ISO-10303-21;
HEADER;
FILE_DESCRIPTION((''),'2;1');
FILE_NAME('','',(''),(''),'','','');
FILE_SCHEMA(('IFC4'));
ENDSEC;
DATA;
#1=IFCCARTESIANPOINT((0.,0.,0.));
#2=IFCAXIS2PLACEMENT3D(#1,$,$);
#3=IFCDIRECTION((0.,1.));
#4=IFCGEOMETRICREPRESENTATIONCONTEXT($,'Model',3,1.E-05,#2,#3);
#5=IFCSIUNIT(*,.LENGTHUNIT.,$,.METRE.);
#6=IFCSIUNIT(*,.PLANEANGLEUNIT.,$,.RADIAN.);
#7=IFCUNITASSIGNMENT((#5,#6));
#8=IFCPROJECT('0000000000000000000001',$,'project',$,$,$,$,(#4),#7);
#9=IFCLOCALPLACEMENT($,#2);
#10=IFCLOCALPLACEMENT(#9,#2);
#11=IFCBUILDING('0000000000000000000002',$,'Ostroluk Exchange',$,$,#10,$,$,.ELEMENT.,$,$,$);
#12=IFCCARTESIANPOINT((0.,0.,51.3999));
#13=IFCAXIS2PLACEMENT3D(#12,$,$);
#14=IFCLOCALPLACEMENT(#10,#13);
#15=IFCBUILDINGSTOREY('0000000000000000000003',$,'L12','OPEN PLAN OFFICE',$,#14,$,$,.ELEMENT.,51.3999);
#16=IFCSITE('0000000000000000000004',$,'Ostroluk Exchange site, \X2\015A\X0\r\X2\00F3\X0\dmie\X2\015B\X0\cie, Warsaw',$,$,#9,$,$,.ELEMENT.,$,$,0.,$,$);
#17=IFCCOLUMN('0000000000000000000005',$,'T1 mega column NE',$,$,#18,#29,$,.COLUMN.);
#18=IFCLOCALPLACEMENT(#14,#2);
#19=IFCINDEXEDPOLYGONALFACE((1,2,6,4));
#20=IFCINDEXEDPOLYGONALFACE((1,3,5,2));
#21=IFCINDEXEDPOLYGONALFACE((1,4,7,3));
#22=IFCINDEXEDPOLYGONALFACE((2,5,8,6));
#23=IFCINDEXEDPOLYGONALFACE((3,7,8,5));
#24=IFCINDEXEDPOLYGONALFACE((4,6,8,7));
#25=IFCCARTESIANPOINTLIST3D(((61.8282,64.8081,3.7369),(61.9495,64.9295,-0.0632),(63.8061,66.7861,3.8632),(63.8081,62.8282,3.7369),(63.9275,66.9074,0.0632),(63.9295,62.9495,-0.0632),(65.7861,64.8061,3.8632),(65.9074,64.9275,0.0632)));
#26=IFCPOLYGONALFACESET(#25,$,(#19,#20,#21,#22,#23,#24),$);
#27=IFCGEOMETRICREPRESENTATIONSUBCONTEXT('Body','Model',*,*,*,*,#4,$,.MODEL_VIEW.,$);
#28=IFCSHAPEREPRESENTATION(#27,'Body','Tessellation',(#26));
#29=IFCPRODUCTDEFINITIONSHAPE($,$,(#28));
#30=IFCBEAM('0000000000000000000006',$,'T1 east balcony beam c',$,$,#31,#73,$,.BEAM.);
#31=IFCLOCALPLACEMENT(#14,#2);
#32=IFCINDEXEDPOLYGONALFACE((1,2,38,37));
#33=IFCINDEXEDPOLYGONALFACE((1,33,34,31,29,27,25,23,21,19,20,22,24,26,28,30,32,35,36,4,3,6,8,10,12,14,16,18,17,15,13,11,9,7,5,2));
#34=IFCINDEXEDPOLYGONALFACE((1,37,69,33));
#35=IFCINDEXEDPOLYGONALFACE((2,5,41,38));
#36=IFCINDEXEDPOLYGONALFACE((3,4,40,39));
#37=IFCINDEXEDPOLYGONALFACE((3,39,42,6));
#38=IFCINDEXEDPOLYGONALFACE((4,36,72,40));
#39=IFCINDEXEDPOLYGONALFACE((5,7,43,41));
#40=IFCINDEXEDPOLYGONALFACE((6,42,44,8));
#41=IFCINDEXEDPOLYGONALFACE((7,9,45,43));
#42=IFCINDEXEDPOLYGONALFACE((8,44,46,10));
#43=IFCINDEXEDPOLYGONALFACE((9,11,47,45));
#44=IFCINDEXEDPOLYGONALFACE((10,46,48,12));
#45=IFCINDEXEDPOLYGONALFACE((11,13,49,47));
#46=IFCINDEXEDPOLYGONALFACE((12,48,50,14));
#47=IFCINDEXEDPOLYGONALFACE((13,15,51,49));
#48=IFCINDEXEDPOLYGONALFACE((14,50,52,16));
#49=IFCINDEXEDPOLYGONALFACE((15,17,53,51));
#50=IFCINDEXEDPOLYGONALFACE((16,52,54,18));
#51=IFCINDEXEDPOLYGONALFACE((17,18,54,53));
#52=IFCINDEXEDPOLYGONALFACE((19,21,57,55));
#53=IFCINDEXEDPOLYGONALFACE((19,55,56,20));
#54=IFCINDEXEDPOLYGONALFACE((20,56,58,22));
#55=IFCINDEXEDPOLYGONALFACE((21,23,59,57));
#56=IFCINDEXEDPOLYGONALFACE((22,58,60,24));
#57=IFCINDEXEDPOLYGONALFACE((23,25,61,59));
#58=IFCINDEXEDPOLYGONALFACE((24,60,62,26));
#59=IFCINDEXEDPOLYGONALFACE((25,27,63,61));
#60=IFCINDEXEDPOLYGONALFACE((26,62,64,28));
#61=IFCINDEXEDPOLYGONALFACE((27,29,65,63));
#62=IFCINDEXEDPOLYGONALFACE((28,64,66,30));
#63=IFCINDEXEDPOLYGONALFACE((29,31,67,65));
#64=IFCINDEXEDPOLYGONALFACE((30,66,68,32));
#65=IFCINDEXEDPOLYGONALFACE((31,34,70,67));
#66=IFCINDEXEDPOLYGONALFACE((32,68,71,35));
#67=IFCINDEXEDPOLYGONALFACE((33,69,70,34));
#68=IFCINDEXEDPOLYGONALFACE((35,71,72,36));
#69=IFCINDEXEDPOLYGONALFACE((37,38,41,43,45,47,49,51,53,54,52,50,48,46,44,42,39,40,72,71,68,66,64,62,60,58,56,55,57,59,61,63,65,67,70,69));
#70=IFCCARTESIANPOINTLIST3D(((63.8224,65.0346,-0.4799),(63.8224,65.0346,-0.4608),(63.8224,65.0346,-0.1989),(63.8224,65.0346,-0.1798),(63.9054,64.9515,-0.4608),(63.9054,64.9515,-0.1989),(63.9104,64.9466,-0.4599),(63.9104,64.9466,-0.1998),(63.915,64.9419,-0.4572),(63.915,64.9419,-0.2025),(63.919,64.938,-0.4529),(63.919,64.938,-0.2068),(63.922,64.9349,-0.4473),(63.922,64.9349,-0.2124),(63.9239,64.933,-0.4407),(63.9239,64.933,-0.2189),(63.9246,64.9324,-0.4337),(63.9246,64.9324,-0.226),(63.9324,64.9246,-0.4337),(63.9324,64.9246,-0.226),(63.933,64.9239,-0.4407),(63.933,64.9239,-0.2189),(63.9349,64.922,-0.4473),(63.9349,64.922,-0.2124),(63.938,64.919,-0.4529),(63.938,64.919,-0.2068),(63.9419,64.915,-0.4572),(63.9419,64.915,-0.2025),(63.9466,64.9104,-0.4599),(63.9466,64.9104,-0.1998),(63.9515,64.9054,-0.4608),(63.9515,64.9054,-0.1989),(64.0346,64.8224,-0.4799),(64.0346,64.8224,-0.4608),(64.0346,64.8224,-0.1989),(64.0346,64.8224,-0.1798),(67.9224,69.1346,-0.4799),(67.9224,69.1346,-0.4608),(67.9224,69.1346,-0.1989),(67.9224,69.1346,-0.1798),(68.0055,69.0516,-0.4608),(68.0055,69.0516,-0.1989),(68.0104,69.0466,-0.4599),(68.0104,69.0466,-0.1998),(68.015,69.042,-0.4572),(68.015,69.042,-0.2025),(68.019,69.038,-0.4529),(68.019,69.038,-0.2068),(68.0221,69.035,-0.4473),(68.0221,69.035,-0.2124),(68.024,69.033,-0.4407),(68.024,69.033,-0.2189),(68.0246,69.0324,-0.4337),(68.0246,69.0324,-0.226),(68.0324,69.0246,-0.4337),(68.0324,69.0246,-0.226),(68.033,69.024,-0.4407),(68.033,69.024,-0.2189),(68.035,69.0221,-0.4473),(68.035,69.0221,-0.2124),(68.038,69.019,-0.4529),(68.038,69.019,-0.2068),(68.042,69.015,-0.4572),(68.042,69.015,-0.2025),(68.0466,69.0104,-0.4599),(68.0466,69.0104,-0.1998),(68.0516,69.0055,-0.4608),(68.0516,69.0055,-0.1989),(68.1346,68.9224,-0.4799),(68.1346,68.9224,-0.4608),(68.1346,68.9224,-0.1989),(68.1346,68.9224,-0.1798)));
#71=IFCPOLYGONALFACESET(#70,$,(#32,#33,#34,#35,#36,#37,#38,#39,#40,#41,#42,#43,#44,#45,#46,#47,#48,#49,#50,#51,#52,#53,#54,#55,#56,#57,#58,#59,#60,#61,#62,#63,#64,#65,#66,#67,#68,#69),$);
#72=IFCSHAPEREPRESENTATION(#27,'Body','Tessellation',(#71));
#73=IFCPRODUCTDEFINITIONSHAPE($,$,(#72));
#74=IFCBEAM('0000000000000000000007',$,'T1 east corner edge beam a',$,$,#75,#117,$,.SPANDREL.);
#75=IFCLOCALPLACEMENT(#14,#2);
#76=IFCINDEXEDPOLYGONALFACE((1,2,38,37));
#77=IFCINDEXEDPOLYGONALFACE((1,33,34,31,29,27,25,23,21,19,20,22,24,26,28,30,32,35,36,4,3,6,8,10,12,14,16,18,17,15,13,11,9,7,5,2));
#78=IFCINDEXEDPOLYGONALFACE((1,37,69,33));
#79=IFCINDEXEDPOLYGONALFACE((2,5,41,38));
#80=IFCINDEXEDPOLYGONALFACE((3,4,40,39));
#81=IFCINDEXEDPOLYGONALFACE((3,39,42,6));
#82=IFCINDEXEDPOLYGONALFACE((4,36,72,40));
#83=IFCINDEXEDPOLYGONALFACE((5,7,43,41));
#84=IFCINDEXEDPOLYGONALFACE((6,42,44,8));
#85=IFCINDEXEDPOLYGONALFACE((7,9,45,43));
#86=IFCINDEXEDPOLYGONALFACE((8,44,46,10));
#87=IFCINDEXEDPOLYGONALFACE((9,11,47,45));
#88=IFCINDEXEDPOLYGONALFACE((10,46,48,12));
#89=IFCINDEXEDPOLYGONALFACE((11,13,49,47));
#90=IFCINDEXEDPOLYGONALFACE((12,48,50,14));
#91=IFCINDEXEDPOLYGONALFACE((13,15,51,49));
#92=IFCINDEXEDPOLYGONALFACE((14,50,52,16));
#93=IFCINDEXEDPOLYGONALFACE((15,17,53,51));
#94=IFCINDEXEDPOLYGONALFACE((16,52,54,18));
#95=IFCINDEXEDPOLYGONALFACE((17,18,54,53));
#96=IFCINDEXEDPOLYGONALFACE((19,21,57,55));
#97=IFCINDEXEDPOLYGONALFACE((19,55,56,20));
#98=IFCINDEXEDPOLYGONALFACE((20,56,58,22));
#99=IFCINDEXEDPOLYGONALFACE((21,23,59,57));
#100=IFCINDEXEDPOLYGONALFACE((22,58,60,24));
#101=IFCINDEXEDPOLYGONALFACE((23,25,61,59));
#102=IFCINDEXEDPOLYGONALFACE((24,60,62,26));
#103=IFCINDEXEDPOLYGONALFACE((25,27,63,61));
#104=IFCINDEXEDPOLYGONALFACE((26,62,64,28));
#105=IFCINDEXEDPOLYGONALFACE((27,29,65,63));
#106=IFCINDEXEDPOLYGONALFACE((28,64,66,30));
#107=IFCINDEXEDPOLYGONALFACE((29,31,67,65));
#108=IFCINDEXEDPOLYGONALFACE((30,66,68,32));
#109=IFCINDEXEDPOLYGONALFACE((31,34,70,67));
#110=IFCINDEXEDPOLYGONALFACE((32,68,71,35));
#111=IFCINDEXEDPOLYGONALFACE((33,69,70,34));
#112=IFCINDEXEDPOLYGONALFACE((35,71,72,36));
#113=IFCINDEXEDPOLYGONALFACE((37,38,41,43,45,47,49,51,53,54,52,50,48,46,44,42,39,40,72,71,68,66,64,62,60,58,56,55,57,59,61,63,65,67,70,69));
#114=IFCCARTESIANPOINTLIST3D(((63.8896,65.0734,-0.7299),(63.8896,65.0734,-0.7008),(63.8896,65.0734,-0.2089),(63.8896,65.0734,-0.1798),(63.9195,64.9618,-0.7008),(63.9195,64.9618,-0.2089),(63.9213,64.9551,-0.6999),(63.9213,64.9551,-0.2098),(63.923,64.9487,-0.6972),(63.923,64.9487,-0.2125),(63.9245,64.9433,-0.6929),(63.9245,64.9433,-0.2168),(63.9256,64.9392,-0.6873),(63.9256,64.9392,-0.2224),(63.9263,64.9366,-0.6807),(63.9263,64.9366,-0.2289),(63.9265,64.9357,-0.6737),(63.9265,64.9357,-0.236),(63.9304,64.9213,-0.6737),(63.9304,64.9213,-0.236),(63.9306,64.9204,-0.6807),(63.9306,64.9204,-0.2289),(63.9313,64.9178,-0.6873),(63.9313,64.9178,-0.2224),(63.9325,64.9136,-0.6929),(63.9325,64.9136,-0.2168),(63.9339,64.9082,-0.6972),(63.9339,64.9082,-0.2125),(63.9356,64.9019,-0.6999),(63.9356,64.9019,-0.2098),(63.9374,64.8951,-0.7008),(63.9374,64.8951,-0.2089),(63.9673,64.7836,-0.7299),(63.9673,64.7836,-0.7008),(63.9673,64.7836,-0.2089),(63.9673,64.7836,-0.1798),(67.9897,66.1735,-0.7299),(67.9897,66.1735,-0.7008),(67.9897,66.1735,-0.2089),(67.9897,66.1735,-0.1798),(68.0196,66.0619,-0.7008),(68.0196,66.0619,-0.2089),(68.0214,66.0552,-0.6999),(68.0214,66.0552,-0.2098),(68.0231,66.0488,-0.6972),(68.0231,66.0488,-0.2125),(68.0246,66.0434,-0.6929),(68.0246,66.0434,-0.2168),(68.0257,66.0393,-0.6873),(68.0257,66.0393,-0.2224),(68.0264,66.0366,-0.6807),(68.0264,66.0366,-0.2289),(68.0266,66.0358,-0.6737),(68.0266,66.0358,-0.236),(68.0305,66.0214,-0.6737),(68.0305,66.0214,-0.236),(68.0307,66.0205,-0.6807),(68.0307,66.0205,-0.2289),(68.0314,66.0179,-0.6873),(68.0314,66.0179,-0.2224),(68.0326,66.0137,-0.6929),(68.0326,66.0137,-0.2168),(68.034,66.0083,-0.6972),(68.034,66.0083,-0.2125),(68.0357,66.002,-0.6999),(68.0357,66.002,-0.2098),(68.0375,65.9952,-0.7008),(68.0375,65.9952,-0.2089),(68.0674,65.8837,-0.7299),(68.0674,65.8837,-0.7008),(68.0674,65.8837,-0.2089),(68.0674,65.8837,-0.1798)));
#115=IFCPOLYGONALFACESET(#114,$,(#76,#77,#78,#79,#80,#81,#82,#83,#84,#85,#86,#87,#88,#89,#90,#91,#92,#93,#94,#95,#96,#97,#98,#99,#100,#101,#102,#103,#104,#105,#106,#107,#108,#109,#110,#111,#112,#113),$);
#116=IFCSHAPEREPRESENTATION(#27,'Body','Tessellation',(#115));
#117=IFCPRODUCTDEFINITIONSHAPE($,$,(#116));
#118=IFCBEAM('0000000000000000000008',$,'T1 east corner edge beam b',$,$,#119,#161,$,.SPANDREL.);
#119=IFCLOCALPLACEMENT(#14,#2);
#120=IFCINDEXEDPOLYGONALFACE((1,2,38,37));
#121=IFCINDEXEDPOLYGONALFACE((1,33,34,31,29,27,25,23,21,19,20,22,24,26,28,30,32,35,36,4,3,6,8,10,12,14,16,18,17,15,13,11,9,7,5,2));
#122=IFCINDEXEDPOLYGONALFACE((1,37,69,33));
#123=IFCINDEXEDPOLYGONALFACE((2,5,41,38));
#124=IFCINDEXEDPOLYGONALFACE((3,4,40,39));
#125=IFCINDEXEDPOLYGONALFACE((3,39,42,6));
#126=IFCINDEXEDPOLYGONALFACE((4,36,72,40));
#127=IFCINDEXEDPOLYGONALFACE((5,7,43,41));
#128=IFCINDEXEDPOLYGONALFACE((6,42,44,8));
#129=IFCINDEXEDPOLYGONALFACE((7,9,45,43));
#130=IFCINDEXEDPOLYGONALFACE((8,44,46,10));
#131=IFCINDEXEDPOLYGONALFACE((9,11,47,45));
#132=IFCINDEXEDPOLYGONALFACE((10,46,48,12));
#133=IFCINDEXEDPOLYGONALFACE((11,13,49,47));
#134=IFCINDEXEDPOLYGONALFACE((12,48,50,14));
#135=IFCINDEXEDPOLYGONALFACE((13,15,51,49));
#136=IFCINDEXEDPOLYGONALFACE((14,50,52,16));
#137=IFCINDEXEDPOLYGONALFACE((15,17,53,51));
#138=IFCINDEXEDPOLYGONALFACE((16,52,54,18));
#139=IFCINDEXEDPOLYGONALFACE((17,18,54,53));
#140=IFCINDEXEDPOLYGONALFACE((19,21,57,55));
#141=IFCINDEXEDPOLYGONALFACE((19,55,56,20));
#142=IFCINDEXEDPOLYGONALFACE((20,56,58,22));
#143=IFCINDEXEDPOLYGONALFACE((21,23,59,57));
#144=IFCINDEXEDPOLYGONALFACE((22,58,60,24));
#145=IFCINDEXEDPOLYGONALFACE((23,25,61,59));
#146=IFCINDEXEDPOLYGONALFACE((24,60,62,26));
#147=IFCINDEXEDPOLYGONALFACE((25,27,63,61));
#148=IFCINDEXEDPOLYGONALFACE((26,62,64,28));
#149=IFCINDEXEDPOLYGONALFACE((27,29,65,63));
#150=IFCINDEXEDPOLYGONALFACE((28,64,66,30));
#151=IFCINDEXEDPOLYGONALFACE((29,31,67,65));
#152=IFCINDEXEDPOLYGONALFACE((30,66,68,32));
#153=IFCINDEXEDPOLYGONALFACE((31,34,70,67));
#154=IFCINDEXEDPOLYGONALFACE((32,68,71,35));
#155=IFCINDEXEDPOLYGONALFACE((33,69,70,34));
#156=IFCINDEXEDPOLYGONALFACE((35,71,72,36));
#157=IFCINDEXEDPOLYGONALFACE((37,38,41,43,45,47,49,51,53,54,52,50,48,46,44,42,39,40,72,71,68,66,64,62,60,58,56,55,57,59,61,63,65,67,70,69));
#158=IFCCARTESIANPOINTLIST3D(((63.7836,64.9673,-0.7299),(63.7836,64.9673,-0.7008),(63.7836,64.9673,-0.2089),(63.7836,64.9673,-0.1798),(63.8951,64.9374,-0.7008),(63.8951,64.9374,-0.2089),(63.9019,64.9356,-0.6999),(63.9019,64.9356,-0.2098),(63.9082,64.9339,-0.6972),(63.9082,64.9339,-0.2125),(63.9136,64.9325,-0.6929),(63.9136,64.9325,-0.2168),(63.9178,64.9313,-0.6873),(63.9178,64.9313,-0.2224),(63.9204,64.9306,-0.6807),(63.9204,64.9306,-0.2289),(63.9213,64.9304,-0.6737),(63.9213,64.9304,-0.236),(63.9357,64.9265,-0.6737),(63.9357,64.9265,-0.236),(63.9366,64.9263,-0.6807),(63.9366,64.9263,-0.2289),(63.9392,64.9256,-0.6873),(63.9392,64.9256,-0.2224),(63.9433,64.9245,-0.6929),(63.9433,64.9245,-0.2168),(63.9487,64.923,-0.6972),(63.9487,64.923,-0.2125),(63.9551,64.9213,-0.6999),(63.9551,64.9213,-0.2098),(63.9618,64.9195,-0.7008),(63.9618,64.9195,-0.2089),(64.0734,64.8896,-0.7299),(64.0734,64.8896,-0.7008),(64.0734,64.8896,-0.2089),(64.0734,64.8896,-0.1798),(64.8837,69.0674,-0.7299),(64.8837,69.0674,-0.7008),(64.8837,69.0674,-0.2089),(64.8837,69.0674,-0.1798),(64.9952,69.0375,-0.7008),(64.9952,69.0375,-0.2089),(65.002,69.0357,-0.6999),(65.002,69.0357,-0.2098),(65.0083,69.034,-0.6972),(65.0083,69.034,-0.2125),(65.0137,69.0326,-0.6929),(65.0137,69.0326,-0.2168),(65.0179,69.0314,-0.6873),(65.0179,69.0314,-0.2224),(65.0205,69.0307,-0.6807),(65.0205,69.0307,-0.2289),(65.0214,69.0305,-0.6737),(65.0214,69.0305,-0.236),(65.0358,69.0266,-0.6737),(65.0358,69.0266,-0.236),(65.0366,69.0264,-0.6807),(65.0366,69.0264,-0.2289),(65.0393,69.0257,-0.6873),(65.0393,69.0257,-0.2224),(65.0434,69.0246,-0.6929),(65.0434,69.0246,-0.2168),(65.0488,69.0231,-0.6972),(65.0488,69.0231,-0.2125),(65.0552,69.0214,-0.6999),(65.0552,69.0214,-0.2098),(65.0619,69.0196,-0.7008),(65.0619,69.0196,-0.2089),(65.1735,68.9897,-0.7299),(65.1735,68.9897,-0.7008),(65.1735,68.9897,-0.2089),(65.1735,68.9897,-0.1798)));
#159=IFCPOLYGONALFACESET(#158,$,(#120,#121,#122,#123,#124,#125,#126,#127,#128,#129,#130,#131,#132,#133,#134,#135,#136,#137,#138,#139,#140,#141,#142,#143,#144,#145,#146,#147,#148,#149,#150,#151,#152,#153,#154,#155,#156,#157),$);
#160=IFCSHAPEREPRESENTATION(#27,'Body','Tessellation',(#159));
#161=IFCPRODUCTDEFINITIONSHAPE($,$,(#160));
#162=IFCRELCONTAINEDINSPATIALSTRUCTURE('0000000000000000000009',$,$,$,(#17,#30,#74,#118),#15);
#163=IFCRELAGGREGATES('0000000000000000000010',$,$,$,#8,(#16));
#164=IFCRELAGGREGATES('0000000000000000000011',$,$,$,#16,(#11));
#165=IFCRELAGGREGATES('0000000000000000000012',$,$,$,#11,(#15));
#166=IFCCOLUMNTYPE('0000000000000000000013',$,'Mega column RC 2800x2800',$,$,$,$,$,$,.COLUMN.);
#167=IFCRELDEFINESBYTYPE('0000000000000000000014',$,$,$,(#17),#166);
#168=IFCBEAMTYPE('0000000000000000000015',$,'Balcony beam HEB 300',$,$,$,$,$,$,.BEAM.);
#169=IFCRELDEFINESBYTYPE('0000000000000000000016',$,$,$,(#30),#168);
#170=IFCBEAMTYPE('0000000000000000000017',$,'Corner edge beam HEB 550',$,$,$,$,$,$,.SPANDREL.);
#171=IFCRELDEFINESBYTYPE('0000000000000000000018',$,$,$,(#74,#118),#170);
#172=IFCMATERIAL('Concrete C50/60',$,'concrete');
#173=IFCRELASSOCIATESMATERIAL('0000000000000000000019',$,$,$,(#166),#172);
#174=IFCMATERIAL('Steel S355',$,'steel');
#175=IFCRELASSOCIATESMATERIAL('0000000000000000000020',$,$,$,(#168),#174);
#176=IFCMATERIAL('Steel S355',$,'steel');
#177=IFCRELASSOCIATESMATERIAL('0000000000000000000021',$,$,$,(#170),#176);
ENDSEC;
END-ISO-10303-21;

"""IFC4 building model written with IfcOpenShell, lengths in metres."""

from ifc_helpers import new_model, si_unit, direction, frame, origin, origin_2d, place, context, subcontext, project, spatial, rectangle, i_section, extrude, material, material_profile, profile_set, type_object, element, save


model = new_model("IFC4")

# Units and contexts
model_context = context("Model", 3, precision=1e-05, world=origin(), true_north=direction((0.0, 1.0)))
body_context = subcontext(model_context, "Body", "Model", "MODEL_VIEW")
ifc_project = project(units=[si_unit("LENGTHUNIT", "METRE"), si_unit("PLANEANGLEUNIT", "RADIAN")], contexts=[model_context])

# Site, building, storey
site_placement = place(None, origin())
site = spatial("IfcSite", under=ifc_project, at=site_placement, Name="Ostroluk Exchange site, Śródmieście, Warsaw", CompositionType="ELEMENT", RefElevation=0.0)
building_placement = place(site_placement, origin())
building = spatial("IfcBuilding", under=site, at=building_placement, Name="Ostroluk Exchange", CompositionType="ELEMENT")
storey_placement = place(building_placement, frame((0.0, 0.0, 51.3999)))
storey = spatial("IfcBuildingStorey", under=building, at=storey_placement, Name="L12", Description="OPEN PLAN OFFICE", CompositionType="ELEMENT", Elevation=51.3999)

# Column
ifc_material_1 = material(Name="Concrete C50/60", Category="concrete")
ifc_material_profile_1 = material_profile(ifc_material_1, rectangle(XDim=2.8, YDim=2.8, at=origin_2d()), Name="RC 2800x2800")
ifc_profile_set_1 = profile_set([ifc_material_profile_1], Name="Concrete C50/60")
column_type = type_object("IfcColumnType", Name="Mega column RC 2800x2800", PredefinedType="COLUMN", material=ifc_profile_set_1)
column_placement = place(storey_placement, frame((63.9285, 64.9285, 0.0), z_axis=(-0.031898, -0.031898, 0.998982), x_axis=(0.707107, -0.707107, 0.0)))
element("IfcColumn", 1, at=column_placement, inside=storey, type_object=column_type, Name="T1 mega column NE", PredefinedType="COLUMN", context=body_context, shape_type="SweptSolid", body=[
    extrude(rectangle(XDim=2.8, YDim=2.8, at=origin_2d()), origin(), (0.0, 0.0, 1.0), 3.804),
])

# Beams
ifc_material_2 = material(Name="Steel S355", Category="steel")
ifc_material_profile_2 = material_profile(ifc_material_2, i_section(OverallWidth=0.3, OverallDepth=0.3, WebThickness=0.011, FlangeThickness=0.019, FilletRadius=0.0271, at=origin_2d()), Name="HEB 300")
ifc_profile_set_2 = profile_set([ifc_material_profile_2], Name="Steel S355")
beam_type_1 = type_object("IfcBeamType", Name="Balcony beam HEB 300", PredefinedType="BEAM", material=ifc_profile_set_2)
beam_1_placement = place(storey_placement, frame((63.9285, 64.9285, -0.3298), z_axis=(0.707107, 0.707107, 0.0), x_axis=(-0.707107, 0.707107, 0.0)))
element("IfcBeam", 2, at=beam_1_placement, inside=storey, type_object=beam_type_1, Name="T1 east balcony beam c", PredefinedType="BEAM", context=body_context, shape_type="SweptSolid", body=[
    extrude(i_section(OverallWidth=0.3, OverallDepth=0.3, WebThickness=0.011, FlangeThickness=0.019, FilletRadius=0.0271, at=origin_2d()), origin(), (0.0, 0.0, 1.0), 5.7983),
])
ifc_material_3 = material(Name="Steel S355", Category="steel")
ifc_material_profile_3 = material_profile(ifc_material_3, i_section(OverallWidth=0.3, OverallDepth=0.55, WebThickness=0.0149, FlangeThickness=0.0291, FilletRadius=0.0271, at=origin_2d()), Name="HEB 550")
ifc_profile_set_3 = profile_set([ifc_material_profile_3], Name="Steel S355")
beam_type_2 = type_object("IfcBeamType", Name="Corner edge beam HEB 550", PredefinedType="SPANDREL", material=ifc_profile_set_3)
for number, where, z_axis, x_axis, name in (
    (3, (63.9285, 64.9285, -0.4548), (0.965839, 0.259144, 0.0), (-0.259144, 0.965839, 0.0), "T1 east corner edge beam a"),
    (4, (63.9285, 64.9285, -0.4548), (0.259144, 0.965839, 0.0), (-0.965839, 0.259144, 0.0), "T1 east corner edge beam b"),
):
    element("IfcBeam", number, at=place(storey_placement, frame(where, z_axis=z_axis, x_axis=x_axis)), inside=storey, type_object=beam_type_2, Name=name, PredefinedType="SPANDREL", context=body_context, shape_type="SweptSolid", body=[
        extrude(i_section(OverallWidth=0.3, OverallDepth=0.55, WebThickness=0.0149, FlangeThickness=0.0291, FilletRadius=0.0271, at=origin_2d()), origin(), (0.0, 0.0, 1.0), 4.2451),
    ])

save(model, "model.ifc")
